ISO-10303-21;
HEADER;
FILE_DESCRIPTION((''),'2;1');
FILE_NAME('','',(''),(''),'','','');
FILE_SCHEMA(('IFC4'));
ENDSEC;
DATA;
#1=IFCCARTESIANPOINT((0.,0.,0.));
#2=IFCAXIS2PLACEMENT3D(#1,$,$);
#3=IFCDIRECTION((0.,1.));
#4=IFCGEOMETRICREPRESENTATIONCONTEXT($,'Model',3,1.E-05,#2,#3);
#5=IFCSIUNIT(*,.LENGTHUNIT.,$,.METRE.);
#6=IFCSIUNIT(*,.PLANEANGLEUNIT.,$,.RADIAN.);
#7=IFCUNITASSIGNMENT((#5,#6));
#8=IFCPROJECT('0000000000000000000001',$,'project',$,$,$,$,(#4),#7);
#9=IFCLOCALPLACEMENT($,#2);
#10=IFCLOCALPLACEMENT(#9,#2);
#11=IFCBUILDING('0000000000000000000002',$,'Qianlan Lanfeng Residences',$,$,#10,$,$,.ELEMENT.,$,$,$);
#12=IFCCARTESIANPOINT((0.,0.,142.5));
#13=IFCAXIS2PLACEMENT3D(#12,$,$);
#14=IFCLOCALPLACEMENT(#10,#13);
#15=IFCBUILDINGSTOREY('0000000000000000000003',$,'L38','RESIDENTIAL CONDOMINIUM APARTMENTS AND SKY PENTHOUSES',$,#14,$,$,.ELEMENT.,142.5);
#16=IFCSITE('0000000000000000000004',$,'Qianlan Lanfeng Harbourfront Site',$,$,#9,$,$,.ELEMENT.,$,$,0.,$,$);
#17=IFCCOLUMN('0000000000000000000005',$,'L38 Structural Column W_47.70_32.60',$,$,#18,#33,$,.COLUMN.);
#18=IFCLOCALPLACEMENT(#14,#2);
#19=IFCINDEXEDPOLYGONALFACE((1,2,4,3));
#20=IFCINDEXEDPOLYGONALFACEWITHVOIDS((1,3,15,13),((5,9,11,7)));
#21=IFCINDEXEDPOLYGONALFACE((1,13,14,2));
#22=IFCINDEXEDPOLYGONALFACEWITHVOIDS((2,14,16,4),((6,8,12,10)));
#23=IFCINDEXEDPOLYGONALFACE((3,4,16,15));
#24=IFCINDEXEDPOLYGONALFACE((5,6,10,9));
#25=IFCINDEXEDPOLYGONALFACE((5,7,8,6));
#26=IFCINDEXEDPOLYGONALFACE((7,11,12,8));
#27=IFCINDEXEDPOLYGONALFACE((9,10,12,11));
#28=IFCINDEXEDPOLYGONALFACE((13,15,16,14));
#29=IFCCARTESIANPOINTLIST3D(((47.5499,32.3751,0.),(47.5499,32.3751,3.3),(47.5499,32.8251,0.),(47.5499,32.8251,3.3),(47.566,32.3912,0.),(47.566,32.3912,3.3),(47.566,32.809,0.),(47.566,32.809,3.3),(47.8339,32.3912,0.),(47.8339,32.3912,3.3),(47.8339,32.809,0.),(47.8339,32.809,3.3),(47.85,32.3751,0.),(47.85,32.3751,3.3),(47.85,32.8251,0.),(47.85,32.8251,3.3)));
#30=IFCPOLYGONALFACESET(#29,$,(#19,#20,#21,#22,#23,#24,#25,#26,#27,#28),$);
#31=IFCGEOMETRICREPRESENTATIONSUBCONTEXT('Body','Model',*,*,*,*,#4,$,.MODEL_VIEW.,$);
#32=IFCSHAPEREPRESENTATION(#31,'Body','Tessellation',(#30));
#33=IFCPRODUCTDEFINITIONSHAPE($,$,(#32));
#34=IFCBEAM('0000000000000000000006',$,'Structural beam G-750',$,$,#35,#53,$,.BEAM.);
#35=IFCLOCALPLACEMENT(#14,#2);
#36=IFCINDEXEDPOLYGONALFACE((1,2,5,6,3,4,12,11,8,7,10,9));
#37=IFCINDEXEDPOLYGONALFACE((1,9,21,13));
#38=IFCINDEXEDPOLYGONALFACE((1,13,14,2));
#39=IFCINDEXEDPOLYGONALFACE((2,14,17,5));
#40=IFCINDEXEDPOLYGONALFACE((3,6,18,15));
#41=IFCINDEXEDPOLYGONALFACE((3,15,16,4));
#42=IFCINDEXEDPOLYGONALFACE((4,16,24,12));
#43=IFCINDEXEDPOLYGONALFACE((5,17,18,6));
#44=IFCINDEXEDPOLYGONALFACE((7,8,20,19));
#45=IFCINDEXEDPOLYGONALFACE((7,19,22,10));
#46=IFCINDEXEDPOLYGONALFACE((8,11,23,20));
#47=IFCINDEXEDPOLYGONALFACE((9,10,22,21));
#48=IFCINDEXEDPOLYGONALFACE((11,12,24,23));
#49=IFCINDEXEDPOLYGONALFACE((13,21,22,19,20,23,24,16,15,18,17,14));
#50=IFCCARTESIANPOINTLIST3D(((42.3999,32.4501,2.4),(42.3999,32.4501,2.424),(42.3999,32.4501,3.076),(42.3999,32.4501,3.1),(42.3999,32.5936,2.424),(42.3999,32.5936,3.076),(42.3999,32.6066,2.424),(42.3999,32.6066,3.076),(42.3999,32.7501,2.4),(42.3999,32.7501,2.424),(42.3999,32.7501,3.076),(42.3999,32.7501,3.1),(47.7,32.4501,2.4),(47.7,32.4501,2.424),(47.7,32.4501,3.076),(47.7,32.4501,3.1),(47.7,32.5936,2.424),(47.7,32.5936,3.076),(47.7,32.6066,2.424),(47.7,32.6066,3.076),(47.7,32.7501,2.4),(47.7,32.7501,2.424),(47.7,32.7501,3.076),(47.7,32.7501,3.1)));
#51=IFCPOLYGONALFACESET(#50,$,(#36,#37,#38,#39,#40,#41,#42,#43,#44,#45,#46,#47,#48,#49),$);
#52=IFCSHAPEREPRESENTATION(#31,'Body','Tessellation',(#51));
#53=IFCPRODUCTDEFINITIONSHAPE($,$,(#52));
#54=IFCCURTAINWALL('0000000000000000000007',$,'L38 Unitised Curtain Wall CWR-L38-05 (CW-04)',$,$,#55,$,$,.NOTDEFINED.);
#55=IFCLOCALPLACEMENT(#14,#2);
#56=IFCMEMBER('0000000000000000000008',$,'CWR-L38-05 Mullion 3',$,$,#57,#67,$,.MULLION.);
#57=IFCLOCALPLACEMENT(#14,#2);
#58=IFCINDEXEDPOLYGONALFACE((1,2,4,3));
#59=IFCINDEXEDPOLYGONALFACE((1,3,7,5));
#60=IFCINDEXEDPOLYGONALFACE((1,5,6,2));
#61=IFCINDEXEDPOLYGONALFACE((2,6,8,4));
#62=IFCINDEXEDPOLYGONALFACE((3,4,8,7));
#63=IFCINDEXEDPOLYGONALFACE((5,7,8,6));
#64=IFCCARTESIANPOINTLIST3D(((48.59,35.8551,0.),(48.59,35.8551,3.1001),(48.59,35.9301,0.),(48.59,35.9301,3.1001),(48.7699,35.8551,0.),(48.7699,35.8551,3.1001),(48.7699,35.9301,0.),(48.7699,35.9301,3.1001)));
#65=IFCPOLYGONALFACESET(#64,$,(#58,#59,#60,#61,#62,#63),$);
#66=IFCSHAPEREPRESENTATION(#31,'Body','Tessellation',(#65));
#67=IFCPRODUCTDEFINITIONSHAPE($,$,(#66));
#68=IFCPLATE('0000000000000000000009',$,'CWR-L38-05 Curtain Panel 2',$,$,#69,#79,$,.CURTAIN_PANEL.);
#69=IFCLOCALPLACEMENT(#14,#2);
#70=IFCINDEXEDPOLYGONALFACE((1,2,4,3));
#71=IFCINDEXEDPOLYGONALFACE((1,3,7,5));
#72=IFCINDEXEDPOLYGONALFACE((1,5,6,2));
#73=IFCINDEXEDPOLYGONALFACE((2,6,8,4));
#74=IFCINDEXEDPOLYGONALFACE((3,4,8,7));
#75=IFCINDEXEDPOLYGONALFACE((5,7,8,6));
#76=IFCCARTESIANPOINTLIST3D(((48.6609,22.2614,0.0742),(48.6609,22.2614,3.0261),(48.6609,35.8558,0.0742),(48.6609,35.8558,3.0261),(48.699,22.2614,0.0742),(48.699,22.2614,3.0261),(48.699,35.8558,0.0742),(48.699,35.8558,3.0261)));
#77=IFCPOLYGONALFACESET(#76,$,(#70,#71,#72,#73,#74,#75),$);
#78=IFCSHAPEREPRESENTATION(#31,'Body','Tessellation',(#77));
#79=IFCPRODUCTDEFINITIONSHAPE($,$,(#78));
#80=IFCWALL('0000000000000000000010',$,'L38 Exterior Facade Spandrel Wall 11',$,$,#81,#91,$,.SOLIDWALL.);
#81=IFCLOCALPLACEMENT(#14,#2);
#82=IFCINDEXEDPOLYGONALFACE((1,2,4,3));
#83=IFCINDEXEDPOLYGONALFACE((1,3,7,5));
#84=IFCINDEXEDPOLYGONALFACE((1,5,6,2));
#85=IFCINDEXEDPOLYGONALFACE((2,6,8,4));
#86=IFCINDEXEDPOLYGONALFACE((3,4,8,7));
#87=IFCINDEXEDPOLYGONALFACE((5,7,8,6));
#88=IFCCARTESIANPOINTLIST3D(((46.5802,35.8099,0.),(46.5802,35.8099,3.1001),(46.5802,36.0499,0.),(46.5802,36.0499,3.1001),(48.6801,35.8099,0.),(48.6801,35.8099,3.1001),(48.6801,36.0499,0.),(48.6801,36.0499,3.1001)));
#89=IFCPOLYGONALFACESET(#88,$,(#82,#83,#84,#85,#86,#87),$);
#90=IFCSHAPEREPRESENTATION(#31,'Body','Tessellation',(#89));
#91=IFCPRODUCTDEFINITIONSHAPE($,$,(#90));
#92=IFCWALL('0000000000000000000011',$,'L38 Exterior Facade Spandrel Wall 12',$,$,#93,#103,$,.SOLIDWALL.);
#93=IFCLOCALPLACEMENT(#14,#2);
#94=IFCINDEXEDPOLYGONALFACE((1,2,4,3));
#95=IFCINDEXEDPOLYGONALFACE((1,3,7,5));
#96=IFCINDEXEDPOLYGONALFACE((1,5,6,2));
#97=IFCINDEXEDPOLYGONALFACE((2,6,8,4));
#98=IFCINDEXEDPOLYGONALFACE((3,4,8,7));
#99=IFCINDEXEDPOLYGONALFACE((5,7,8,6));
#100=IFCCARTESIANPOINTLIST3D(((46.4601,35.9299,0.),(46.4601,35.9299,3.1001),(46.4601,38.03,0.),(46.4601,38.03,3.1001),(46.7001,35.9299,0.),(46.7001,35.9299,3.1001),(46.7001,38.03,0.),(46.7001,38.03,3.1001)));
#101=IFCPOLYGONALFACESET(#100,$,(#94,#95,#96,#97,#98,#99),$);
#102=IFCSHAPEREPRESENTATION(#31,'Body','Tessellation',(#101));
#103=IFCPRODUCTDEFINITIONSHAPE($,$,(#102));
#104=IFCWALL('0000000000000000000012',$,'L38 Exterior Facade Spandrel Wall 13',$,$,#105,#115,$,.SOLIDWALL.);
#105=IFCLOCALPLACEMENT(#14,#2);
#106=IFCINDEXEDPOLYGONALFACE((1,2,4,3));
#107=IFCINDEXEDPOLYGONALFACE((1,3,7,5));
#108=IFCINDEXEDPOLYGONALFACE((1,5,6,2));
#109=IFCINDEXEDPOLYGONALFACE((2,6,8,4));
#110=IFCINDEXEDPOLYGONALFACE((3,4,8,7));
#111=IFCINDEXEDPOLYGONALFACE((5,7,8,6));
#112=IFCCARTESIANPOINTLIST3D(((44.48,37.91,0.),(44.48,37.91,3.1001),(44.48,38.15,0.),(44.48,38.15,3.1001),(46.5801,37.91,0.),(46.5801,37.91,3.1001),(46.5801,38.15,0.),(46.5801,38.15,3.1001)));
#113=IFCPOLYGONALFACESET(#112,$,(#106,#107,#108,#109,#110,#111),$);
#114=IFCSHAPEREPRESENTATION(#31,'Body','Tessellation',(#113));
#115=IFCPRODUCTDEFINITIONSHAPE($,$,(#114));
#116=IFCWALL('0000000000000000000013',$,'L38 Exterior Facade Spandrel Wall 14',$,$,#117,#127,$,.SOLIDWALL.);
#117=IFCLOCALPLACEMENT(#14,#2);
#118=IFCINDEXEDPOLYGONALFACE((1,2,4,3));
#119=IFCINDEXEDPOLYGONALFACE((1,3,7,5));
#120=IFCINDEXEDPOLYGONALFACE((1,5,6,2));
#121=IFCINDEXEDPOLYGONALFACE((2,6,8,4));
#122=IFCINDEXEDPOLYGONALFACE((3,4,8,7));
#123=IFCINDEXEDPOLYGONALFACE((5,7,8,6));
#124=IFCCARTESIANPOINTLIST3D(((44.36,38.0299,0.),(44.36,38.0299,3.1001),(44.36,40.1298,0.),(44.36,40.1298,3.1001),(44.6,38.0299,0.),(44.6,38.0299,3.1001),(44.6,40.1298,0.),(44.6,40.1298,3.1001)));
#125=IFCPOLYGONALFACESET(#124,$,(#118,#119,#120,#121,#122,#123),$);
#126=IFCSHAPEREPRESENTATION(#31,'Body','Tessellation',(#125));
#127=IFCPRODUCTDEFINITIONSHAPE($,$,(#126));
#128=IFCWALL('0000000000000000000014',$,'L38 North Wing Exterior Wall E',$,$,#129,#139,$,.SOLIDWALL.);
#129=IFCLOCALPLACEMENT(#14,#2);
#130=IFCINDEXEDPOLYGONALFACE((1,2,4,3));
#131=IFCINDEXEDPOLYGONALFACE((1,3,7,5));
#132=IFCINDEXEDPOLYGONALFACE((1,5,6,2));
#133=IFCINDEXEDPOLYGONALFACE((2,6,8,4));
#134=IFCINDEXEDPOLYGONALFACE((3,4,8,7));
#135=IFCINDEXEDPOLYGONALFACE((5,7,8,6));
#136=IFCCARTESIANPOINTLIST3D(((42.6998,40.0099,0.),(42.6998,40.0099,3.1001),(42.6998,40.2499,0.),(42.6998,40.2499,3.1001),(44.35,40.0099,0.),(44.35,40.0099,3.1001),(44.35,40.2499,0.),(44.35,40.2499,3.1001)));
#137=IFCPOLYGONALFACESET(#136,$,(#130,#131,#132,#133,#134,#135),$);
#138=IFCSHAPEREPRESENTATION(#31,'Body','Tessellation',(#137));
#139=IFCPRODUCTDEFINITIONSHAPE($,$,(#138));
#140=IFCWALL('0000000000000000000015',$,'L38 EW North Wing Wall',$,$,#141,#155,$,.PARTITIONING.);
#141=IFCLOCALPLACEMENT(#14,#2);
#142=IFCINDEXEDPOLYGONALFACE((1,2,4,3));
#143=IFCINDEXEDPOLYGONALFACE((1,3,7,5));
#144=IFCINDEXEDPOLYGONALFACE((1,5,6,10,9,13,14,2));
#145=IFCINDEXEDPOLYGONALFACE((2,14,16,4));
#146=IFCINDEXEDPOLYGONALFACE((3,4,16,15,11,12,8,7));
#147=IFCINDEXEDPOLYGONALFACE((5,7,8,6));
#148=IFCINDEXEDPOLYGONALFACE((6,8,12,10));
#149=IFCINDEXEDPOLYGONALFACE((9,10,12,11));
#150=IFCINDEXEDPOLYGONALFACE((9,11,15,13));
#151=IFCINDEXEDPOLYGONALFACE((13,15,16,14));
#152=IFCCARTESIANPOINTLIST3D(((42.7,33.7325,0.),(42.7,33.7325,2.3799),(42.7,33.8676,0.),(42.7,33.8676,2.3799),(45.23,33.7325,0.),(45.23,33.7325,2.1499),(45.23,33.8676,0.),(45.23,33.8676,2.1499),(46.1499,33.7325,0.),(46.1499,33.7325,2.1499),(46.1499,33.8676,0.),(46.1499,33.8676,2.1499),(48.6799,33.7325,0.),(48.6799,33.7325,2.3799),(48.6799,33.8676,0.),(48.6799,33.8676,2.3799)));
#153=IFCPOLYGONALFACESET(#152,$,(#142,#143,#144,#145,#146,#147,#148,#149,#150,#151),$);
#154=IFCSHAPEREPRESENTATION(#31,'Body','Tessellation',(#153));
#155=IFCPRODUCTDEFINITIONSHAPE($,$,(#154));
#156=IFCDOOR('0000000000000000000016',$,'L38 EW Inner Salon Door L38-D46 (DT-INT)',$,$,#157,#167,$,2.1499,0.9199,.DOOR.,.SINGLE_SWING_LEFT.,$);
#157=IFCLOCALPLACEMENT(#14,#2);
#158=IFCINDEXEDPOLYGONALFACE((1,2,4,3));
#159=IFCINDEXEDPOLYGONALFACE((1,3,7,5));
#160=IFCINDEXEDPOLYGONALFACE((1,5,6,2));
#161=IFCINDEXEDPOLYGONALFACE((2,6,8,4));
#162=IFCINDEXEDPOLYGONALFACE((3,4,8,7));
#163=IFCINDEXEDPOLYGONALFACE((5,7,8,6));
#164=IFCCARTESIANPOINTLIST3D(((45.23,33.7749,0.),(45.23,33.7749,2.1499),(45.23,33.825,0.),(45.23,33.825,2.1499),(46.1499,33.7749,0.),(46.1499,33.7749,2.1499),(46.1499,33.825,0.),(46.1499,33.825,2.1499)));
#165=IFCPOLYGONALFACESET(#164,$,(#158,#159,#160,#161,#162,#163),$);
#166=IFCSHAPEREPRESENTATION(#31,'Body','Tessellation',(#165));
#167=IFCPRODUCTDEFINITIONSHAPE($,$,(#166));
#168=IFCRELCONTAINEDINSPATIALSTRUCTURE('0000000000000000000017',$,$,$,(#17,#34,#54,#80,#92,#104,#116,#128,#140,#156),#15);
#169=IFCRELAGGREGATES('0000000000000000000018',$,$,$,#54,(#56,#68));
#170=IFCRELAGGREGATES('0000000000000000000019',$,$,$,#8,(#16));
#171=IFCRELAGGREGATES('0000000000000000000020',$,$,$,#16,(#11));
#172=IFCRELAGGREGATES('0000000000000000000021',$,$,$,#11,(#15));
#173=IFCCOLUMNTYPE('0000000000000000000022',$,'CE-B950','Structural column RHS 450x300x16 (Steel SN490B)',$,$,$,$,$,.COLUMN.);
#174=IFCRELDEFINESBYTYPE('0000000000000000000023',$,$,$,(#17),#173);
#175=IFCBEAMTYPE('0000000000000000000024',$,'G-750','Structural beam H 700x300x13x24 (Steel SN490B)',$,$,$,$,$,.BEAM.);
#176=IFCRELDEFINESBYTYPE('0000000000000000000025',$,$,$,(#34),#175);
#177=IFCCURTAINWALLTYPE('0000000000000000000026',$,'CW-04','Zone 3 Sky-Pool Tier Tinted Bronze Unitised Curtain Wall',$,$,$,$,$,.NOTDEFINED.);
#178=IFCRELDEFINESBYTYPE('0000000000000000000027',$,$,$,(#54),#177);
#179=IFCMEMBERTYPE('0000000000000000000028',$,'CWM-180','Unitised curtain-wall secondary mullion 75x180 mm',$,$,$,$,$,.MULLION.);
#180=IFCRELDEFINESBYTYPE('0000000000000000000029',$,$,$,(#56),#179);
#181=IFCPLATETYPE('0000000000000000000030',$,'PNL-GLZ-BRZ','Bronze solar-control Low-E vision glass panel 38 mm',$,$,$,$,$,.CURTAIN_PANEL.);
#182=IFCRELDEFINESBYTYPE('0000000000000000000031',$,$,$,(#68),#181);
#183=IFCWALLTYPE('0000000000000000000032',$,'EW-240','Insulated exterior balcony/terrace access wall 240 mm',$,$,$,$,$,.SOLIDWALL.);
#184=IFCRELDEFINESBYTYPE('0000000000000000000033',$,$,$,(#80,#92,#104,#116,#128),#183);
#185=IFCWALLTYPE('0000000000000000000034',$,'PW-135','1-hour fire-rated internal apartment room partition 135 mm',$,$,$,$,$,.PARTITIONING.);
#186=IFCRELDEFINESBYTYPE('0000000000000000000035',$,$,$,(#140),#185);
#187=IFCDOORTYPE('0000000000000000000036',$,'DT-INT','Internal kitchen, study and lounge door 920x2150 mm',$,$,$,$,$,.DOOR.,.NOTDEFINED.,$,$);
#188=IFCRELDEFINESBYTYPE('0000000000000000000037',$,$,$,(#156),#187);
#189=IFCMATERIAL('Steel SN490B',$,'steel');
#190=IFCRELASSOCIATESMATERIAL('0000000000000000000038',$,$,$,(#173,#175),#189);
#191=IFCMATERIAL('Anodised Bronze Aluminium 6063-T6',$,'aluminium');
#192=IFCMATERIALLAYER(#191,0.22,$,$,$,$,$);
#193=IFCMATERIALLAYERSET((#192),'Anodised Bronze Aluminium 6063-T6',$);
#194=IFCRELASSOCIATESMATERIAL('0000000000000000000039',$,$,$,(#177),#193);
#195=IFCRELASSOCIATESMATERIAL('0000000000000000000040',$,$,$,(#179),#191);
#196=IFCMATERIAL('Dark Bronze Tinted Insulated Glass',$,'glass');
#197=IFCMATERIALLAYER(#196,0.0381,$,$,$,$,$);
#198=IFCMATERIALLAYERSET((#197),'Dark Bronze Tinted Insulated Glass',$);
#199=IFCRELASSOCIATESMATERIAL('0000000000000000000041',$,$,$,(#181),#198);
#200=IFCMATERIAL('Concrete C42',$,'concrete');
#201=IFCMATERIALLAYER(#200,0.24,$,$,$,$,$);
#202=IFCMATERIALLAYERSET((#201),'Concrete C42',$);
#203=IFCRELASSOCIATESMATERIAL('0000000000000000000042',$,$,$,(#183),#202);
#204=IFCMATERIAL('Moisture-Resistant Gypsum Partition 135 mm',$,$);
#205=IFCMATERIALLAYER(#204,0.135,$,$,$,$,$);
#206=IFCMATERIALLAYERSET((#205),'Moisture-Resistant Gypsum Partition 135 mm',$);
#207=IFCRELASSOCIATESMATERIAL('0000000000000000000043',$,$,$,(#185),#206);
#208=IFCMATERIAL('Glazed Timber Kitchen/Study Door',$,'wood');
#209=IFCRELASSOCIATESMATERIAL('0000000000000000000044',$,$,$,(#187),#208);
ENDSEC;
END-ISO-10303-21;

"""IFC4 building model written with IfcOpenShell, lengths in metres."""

from ifc_helpers import new_model, si_unit, direction, frame, frame_2d, origin, origin_2d, place, context, subcontext, project, spatial, rectangle, hollow_rectangle, i_section, extrude, source, transform, mapped, material, layer, layer_set, material_profile, profile_set, type_object, element, fill, aggregate, save


model = new_model("IFC4")

# Units and contexts
model_context = context("Model", 3, precision=1e-05, world=origin(), true_north=direction((0.0, 1.0)))
body_context = subcontext(model_context, "Body", "Model", "MODEL_VIEW")
ifc_project = project(units=[si_unit("LENGTHUNIT", "METRE"), si_unit("PLANEANGLEUNIT", "RADIAN")], contexts=[model_context])

# Site, building, storey
site_placement = place(None, origin())
site = spatial("IfcSite", under=ifc_project, at=site_placement, Name="Qianlan Lanfeng Harbourfront Site", CompositionType="ELEMENT", RefElevation=0.0)
building_placement = place(site_placement, origin())
building = spatial("IfcBuilding", under=site, at=building_placement, Name="Qianlan Lanfeng Residences", CompositionType="ELEMENT")
storey_placement = place(building_placement, frame((0.0, 0.0, 142.5)))
storey = spatial("IfcBuildingStorey", under=building, at=storey_placement, Name="L38", Description="RESIDENTIAL CONDOMINIUM APARTMENTS AND SKY PENTHOUSES", CompositionType="ELEMENT", Elevation=142.5)

# Column
ifc_material_1 = material(Name="Steel SN490B", Category="steel")
ifc_material_profile_1 = material_profile(ifc_material_1, hollow_rectangle(XDim=0.3, YDim=0.45, WallThickness=0.0161, at=origin_2d()), Name="RHS 450x300x16")
ifc_profile_set_1 = profile_set([ifc_material_profile_1], Name="Steel SN490B")
column_type = type_object("IfcColumnType", Name="CE-B950", Description="Structural column RHS 450x300x16 (Steel SN490B)", PredefinedType="COLUMN", material=ifc_profile_set_1)
column_placement = place(storey_placement, frame((47.7, 32.6001, 0.0), z_axis=(0.0, 0.0, 1.0), x_axis=(1.0, 0.0, 0.0)))
element("IfcColumn", 1, at=column_placement, inside=storey, type_object=column_type, Name="L38 Structural Column W_47.70_32.60", PredefinedType="COLUMN", context=body_context, shape_type="SweptSolid", body=[
    extrude(hollow_rectangle(XDim=0.3, YDim=0.45, WallThickness=0.0161, at=origin_2d()), origin(), (0.0, 0.0, 1.0), 3.3),
])

# Beam
ifc_material_profile_2 = material_profile(ifc_material_1, i_section(OverallWidth=0.3, OverallDepth=0.7, WebThickness=0.0129, FlangeThickness=0.0239, at=origin_2d()), Name="H 700x300x13x24")
ifc_profile_set_2 = profile_set([ifc_material_profile_2], Name="Steel SN490B")
beam_type = type_object("IfcBeamType", Name="G-750", Description="Structural beam H 700x300x13x24 (Steel SN490B)", PredefinedType="BEAM", material=ifc_profile_set_2)
beam_placement = place(storey_placement, frame((42.3999, 32.6001, 2.75), z_axis=(1.0, 0.0, 0.0), x_axis=(0.0, 1.0, 0.0)))
element("IfcBeam", 2, at=beam_placement, inside=storey, type_object=beam_type, Name="Structural beam G-750", PredefinedType="BEAM", context=body_context, shape_type="SweptSolid", body=[
    extrude(i_section(OverallWidth=0.3, OverallDepth=0.7, WebThickness=0.0129, FlangeThickness=0.0239, at=origin_2d()), origin(), (0.0, 0.0, 1.0), 5.3),
])

# Curtain wall, member, plate
ifc_material_2 = material(Name="Anodised Bronze Aluminium 6063-T6", Category="aluminium")
ifc_layer_1 = layer(ifc_material_2, 0.22)
ifc_layer_set_1 = layer_set([ifc_layer_1], Name="Anodised Bronze Aluminium 6063-T6")
curtain_wall_type = type_object("IfcCurtainWallType", Name="CW-04", Description="Zone 3 Sky-Pool Tier Tinted Bronze Unitised Curtain Wall", PredefinedType="NOTDEFINED", material=ifc_layer_set_1)
curtain_wall_placement = place(storey_placement, origin())
curtain_wall = element("IfcCurtainWall", 3, at=curtain_wall_placement, inside=storey, type_object=curtain_wall_type, Name="L38 Unitised Curtain Wall CWR-L38-05 (CW-04)", PredefinedType="NOTDEFINED")
ifc_material_profile_3 = material_profile(ifc_material_2, rectangle(XDim=0.075, YDim=0.1799, at=origin_2d()), Name="ALU MULLION 75x180")
ifc_profile_set_3 = profile_set([ifc_material_profile_3], Name="Anodised Bronze Aluminium 6063-T6")
member_type = type_object("IfcMemberType", Name="CWM-180", Description="Unitised curtain-wall secondary mullion 75x180 mm", PredefinedType="MULLION", material=ifc_profile_set_3)
shared_shape_1 = source(origin(), body_context, "Body", "SweptSolid", [
    extrude(rectangle(XDim=0.075, YDim=0.1799, at=origin_2d()), origin(), (0.0, 0.0, 1.0), 3.1001),
])
member_placement = place(storey_placement, frame((48.6799, 35.8926, 0.0), z_axis=(0.0, 0.0, 1.0), x_axis=(0.0, 1.0, 0.0)))
member = element("IfcMember", 4, at=member_placement, type_object=member_type, Name="CWR-L38-05 Mullion 3", PredefinedType="MULLION", context=body_context, shape_type="MappedRepresentation", body=[
    mapped(shared_shape_1, transform((0.0, 0.0, 0.0), scale=1.0)),
])
ifc_material_3 = material(Name="Dark Bronze Tinted Insulated Glass", Category="glass")
ifc_layer_2 = layer(ifc_material_3, 0.0381)
ifc_layer_set_2 = layer_set([ifc_layer_2], Name="Dark Bronze Tinted Insulated Glass")
plate_type = type_object("IfcPlateType", Name="PNL-GLZ-BRZ", Description="Bronze solar-control Low-E vision glass panel 38 mm", PredefinedType="CURTAIN_PANEL", material=ifc_layer_set_2)
shared_shape_2 = source(origin(), body_context, "Body", "SweptSolid", [
    extrude(rectangle(XDim=13.5945, YDim=0.0381, at=origin_2d()), origin(), (0.0, 0.0, 1.0), 2.9519),
])
plate_placement = place(storey_placement, frame((48.6799, 29.0586, 0.0742), z_axis=(0.0, 0.0, 1.0), x_axis=(0.0, 1.0, 0.0)))
plate = element("IfcPlate", 5, at=plate_placement, type_object=plate_type, Name="CWR-L38-05 Curtain Panel 2", PredefinedType="CURTAIN_PANEL", context=body_context, shape_type="MappedRepresentation", body=[
    mapped(shared_shape_2, transform((0.0, 0.0, 0.0), scale=1.0)),
])
aggregate(curtain_wall, [member, plate])

# Walls
ifc_material_4 = material(Name="Concrete C42", Category="concrete")
ifc_layer_3 = layer(ifc_material_4, 0.24)
ifc_layer_set_3 = layer_set([ifc_layer_3], Name="Concrete C42")
wall_type_1 = type_object("IfcWallType", Name="EW-240", Description="Insulated exterior balcony/terrace access wall 240 mm", PredefinedType="SOLIDWALL", material=ifc_layer_set_3)
wall_1_placement = place(storey_placement, frame((48.6799, 35.9299, 0.0), z_axis=(0.0, 0.0, 1.0), x_axis=(-1.0, 0.0, 0.0)))
element("IfcWall", 6, at=wall_1_placement, inside=storey, type_object=wall_type_1, Name="L38 Exterior Facade Spandrel Wall 11", PredefinedType="SOLIDWALL", context=body_context, shape_type="SweptSolid", body=[
    extrude(rectangle(XDim=2.0999, YDim=0.24, at=frame_2d((1.0498, 0.0))), origin(), (0.0, 0.0, 1.0), 3.1001),
])
for number, where, z_axis, x_axis, name in (
    (7, (46.5801, 35.9299, 0.0), (0.0, 0.0, 1.0), (0.0, 1.0, 0.0), "L38 Exterior Facade Spandrel Wall 12"),
    (8, (46.5801, 38.03, 0.0), (0.0, 0.0, 1.0), (-1.0, 0.0, 0.0), "L38 Exterior Facade Spandrel Wall 13"),
):
    element("IfcWall", number, at=place(storey_placement, frame(where, z_axis=z_axis, x_axis=x_axis)), inside=storey, type_object=wall_type_1, Name=name, PredefinedType="SOLIDWALL", context=body_context, shape_type="SweptSolid", body=[
        extrude(rectangle(XDim=2.1001, YDim=0.24, at=frame_2d((1.05, 0.0))), origin(), (0.0, 0.0, 1.0), 3.1001),
    ])
wall_2_placement = place(storey_placement, frame((44.48, 38.03, 0.0), z_axis=(0.0, 0.0, 1.0), x_axis=(0.0, 1.0, 0.0)))
element("IfcWall", 9, at=wall_2_placement, inside=storey, type_object=wall_type_1, Name="L38 Exterior Facade Spandrel Wall 14", PredefinedType="SOLIDWALL", context=body_context, shape_type="SweptSolid", body=[
    extrude(rectangle(XDim=2.0999, YDim=0.24, at=frame_2d((1.0498, 0.0))), origin(), (0.0, 0.0, 1.0), 3.1001),
])
wall_3_placement = place(storey_placement, frame((44.3501, 40.1299, 0.0), z_axis=(0.0, 0.0, 1.0), x_axis=(-1.0, 0.0, 0.0)))
element("IfcWall", 10, at=wall_3_placement, inside=storey, type_object=wall_type_1, Name="L38 North Wing Exterior Wall E", PredefinedType="SOLIDWALL", context=body_context, shape_type="SweptSolid", body=[
    extrude(rectangle(XDim=1.6501, YDim=0.24, at=frame_2d((0.8252, 0.0))), origin(), (0.0, 0.0, 1.0), 3.1001),
])

# Wall, opening, door
ifc_material_5 = material(Name="Moisture-Resistant Gypsum Partition 135 mm")
ifc_layer_4 = layer(ifc_material_5, 0.135)
ifc_layer_set_4 = layer_set([ifc_layer_4], Name="Moisture-Resistant Gypsum Partition 135 mm")
wall_type_2 = type_object("IfcWallType", Name="PW-135", Description="1-hour fire-rated internal apartment room partition 135 mm", PredefinedType="PARTITIONING", material=ifc_layer_set_4)
wall_4_placement = place(storey_placement, frame((42.7, 33.8, 0.0), z_axis=(0.0, 0.0, 1.0), x_axis=(1.0, 0.0, 0.0)))
wall_4 = element("IfcWall", 11, at=wall_4_placement, inside=storey, type_object=wall_type_2, Name="L38 EW North Wing Wall", PredefinedType="PARTITIONING", context=body_context, shape_type="SweptSolid", body=[
    extrude(rectangle(XDim=5.98, YDim=0.135, at=frame_2d((2.99, 0.0))), origin(), (0.0, 0.0, 1.0), 2.3799),
])
opening_placement = place(wall_4_placement, frame((2.53, 0.0, 0.0)))
opening = element("IfcOpeningElement", 12, at=opening_placement, cuts=wall_4, PredefinedType="OPENING", context=body_context, shape_type="SweptSolid", body=[
    extrude(rectangle(XDim=0.9199, YDim=2.1499, at=frame_2d((0.46, 1.075))), frame((0.0, 0.0776, 0.0), z_axis=(0.0, -1.0, 0.0), x_axis=(1.0, 0.0, 0.0)), (0.0, 0.0, 1.0), 0.155),
])
ifc_material_6 = material(Name="Glazed Timber Kitchen/Study Door", Category="wood")
door_type = type_object("IfcDoorType", Name="DT-INT", Description="Internal kitchen, study and lounge door 920x2150 mm", OperationType="NOTDEFINED", PredefinedType="DOOR", material=ifc_material_6)
door_placement = place(opening_placement, origin())
door = element("IfcDoor", 13, at=door_placement, inside=storey, type_object=door_type, Name="L38 EW Inner Salon Door L38-D46 (DT-INT)", OperationType="SINGLE_SWING_LEFT", OverallHeight=2.1499, OverallWidth=0.9199, PredefinedType="DOOR", context=body_context, shape_type="SweptSolid", body=[
    extrude(rectangle(XDim=0.9199, YDim=2.1499, at=frame_2d((0.46, 1.075))), frame((0.0, 0.0249, 0.0), z_axis=(0.0, -1.0, 0.0), x_axis=(1.0, 0.0, 0.0)), (0.0, 0.0, 1.0), 0.05),
])
fill(opening, door)

save(model, "model.ifc")
